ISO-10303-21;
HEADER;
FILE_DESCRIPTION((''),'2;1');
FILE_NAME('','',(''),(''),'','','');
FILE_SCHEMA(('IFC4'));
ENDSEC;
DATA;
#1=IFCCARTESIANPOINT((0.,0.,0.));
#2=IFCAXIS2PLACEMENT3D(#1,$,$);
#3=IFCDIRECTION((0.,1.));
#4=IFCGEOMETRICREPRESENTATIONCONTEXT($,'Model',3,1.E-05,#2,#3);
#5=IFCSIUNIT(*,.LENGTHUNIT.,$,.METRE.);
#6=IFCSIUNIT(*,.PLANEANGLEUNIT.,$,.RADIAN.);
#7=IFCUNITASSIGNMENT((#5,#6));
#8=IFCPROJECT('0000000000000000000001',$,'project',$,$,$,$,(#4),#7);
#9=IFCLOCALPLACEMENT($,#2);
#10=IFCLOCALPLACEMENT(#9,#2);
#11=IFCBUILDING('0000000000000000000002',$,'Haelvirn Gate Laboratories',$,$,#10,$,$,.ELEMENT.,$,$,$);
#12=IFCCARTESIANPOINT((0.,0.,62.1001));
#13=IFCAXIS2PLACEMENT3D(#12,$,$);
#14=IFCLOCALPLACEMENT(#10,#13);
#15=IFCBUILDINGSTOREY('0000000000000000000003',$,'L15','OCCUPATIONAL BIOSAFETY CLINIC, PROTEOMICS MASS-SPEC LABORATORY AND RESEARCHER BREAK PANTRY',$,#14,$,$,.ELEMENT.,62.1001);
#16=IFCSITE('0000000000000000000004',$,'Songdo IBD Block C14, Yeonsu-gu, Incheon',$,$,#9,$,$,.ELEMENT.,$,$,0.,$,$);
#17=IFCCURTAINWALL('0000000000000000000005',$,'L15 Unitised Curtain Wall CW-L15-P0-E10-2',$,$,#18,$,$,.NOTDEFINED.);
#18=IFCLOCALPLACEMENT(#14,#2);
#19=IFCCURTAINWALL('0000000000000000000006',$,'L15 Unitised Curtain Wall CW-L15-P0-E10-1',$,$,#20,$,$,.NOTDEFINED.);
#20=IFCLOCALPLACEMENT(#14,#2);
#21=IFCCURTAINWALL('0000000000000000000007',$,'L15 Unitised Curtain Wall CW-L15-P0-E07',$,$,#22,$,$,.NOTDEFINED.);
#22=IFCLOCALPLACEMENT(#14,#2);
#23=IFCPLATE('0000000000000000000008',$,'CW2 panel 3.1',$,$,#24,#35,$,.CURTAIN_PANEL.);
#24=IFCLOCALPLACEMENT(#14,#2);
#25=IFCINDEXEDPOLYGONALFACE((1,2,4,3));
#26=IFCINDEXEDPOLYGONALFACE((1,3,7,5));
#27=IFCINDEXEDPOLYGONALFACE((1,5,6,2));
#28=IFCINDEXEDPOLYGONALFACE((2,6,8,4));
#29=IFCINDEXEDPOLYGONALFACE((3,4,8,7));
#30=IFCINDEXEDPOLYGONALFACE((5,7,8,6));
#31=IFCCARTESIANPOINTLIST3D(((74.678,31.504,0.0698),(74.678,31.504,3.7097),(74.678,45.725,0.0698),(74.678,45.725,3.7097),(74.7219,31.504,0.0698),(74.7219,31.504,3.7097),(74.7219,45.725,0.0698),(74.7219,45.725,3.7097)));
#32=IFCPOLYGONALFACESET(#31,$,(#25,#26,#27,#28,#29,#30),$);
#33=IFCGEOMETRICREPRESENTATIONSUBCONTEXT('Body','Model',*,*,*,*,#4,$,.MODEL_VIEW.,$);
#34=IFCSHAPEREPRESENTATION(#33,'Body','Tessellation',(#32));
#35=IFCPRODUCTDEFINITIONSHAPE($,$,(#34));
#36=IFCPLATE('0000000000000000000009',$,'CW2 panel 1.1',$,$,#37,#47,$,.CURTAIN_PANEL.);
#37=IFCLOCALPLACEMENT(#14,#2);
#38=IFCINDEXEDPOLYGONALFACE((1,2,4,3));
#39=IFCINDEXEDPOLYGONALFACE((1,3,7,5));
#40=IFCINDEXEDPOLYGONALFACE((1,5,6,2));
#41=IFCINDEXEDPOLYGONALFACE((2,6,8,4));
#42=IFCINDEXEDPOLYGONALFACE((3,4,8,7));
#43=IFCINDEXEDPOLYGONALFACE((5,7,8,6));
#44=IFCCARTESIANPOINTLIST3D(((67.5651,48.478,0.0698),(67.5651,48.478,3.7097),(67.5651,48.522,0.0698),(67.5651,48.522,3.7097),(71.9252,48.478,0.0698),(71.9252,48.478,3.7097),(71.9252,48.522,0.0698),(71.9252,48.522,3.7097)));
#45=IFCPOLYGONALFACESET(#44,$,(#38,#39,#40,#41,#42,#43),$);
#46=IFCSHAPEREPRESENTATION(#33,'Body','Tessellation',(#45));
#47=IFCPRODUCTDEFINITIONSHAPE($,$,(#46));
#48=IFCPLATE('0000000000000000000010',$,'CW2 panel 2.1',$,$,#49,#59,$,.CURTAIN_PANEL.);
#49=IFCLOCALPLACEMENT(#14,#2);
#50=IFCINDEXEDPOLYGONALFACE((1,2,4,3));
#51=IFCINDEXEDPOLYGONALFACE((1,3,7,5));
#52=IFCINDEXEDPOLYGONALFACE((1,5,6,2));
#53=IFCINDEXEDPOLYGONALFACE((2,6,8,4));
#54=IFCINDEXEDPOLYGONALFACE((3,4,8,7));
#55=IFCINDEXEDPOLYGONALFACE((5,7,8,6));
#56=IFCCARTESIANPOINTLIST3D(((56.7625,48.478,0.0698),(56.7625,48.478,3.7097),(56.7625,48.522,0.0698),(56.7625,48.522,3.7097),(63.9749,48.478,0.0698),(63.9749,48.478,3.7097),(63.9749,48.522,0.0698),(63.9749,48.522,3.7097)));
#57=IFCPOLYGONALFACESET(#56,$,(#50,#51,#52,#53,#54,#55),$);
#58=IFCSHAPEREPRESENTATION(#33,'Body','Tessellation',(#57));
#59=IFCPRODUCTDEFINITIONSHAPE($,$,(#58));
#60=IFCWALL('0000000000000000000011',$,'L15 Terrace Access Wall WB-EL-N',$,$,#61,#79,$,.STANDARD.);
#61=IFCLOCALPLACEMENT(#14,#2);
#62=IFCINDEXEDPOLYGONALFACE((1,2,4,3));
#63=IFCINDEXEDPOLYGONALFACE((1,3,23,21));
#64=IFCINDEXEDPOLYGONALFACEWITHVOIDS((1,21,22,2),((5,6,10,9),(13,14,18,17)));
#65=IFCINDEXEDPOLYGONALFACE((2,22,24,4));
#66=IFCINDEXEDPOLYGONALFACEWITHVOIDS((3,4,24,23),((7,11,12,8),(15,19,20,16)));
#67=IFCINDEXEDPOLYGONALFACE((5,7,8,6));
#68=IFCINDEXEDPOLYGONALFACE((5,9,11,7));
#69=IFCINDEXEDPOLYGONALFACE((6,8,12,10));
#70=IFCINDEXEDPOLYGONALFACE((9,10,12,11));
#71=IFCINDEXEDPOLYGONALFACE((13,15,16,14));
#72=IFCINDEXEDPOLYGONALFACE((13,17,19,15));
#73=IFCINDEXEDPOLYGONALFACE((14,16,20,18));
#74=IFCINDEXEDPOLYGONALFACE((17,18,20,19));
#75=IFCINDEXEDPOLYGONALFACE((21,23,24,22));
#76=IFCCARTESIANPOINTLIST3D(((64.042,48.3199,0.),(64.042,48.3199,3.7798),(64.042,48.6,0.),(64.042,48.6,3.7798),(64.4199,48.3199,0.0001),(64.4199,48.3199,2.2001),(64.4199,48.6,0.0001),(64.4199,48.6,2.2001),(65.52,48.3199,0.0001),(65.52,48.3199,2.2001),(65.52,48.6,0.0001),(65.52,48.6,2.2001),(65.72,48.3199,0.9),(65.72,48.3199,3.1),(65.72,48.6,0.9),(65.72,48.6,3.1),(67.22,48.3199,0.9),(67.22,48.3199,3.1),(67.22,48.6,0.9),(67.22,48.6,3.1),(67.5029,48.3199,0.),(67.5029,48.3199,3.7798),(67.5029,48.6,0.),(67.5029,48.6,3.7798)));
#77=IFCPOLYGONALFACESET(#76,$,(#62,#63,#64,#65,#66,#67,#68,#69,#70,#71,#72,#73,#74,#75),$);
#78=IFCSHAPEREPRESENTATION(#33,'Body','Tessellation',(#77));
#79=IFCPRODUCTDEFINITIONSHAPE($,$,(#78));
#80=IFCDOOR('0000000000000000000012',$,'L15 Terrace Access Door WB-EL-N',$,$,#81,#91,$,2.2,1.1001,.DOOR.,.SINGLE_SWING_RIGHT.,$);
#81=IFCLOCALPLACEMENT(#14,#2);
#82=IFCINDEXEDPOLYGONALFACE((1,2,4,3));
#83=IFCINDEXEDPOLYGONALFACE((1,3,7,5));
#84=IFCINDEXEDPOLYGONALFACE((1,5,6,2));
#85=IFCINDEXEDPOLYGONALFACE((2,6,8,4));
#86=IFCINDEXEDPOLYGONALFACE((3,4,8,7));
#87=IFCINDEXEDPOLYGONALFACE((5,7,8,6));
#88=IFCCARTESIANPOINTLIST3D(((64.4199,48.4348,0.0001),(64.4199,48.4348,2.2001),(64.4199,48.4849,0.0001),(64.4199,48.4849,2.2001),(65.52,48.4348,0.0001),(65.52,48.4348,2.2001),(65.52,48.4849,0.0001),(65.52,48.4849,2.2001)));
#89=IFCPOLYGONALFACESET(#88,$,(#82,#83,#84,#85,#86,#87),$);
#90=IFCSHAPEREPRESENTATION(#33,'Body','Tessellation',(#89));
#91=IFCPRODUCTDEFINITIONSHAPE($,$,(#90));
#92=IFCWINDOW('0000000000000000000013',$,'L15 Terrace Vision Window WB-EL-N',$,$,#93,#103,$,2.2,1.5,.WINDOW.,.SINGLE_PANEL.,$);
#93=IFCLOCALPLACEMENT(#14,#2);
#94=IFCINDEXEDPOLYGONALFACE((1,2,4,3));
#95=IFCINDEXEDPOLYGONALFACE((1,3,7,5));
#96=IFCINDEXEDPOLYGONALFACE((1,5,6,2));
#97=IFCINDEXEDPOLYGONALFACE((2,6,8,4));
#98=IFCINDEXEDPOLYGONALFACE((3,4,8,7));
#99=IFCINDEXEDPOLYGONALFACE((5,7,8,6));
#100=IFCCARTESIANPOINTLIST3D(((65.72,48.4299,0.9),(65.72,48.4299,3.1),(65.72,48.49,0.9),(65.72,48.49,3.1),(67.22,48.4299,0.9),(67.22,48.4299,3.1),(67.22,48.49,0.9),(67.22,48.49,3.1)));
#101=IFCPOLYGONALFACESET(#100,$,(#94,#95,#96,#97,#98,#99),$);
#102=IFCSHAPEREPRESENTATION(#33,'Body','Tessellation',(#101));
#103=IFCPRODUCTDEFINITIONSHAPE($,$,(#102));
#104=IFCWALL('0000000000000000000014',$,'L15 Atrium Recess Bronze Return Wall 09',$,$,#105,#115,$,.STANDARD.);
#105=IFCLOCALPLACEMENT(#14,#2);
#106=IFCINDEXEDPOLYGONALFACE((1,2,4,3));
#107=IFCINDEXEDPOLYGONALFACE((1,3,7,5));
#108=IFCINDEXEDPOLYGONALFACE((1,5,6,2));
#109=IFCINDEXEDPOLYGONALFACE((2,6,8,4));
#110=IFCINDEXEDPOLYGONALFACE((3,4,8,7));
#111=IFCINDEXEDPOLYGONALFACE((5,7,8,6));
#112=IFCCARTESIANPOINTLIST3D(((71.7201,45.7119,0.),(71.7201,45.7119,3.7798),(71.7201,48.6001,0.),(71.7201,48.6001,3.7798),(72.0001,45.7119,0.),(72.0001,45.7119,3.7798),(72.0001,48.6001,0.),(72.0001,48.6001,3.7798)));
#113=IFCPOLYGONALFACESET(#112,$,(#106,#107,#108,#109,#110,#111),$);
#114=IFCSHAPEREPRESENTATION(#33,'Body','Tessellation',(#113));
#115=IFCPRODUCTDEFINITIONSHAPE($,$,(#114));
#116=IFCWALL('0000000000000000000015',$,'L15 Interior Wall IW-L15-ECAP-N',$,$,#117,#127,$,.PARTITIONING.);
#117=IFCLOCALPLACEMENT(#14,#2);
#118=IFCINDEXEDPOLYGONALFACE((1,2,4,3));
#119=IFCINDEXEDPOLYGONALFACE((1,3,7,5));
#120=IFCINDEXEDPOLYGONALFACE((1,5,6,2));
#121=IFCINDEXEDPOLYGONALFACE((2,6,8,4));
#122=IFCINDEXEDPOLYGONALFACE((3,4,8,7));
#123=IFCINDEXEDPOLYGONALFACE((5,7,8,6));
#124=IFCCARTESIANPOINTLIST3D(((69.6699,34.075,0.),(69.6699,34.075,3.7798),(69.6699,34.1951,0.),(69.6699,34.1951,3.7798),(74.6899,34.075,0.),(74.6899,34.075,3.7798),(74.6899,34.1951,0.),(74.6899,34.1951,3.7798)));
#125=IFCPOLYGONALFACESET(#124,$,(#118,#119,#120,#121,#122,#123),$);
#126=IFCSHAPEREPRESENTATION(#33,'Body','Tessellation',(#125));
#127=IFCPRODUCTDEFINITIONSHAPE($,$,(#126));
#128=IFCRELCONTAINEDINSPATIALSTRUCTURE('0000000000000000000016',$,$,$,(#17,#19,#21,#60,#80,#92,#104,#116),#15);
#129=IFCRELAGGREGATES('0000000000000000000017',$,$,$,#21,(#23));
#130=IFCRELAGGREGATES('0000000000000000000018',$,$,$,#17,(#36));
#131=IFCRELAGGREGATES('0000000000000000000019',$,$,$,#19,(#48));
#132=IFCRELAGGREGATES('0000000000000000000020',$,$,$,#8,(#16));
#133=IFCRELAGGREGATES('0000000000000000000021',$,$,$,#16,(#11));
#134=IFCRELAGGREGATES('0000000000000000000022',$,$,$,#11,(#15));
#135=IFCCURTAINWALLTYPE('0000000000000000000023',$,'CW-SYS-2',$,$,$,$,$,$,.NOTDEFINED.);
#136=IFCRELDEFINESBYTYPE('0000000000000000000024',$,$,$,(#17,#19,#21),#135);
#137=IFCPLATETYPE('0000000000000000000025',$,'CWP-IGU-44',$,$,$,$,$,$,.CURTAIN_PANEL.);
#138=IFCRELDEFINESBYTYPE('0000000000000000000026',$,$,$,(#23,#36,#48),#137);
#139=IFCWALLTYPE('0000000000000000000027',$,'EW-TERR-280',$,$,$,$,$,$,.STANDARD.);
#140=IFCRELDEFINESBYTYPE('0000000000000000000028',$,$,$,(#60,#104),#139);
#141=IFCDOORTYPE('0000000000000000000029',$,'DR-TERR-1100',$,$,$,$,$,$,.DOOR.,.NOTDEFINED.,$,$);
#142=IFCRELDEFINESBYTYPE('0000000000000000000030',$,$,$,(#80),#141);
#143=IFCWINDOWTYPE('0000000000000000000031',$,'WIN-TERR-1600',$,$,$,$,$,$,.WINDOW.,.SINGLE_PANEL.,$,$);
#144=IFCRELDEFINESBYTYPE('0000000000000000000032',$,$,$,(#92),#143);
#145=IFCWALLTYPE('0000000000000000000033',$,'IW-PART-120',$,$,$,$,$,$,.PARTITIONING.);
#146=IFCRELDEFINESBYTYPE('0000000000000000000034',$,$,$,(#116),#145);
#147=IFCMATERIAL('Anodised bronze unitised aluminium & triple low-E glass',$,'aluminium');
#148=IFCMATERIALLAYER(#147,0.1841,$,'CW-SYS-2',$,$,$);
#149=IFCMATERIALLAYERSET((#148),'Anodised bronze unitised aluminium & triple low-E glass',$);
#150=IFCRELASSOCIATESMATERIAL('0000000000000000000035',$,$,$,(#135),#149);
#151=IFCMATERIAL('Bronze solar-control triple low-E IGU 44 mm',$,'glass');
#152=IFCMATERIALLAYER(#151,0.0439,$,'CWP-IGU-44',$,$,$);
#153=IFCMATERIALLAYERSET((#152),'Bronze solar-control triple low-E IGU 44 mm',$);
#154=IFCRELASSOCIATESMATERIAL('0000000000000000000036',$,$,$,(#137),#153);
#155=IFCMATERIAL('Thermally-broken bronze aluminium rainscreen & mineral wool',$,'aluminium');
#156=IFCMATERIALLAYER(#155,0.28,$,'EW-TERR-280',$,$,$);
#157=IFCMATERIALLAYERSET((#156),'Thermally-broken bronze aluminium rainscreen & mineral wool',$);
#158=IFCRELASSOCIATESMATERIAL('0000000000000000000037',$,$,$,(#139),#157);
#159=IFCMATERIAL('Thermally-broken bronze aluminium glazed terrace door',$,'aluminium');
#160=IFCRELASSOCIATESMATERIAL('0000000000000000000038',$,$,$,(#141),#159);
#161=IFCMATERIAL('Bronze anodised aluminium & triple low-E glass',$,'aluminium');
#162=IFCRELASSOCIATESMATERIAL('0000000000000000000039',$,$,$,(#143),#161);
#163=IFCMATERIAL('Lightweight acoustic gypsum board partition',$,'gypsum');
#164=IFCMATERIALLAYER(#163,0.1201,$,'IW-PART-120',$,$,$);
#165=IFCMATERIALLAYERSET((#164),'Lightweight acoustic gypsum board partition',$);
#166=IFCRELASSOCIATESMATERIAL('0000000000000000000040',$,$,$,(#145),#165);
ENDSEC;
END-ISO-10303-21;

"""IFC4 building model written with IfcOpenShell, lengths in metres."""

from ifc_helpers import new_model, si_unit, direction, frame, frame_2d, origin, origin_2d, place, context, subcontext, project, spatial, rectangle, extrude, source, transform, mapped, material, layer, layer_set, type_object, type_shapes, element, fill, aggregate, save


model = new_model("IFC4")

# Units and contexts
model_context = context("Model", 3, precision=1e-05, world=origin(), true_north=direction((0.0, 1.0)))
body_context = subcontext(model_context, "Body", "Model", "MODEL_VIEW")
ifc_project = project(units=[si_unit("LENGTHUNIT", "METRE"), si_unit("PLANEANGLEUNIT", "RADIAN")], contexts=[model_context])

# Site, building, storey
site_placement = place(None, origin())
site = spatial("IfcSite", under=ifc_project, at=site_placement, Name="Songdo IBD Block C14, Yeonsu-gu, Incheon", CompositionType="ELEMENT", RefElevation=0.0)
building_placement = place(site_placement, origin())
building = spatial("IfcBuilding", under=site, at=building_placement, Name="Haelvirn Gate Laboratories", CompositionType="ELEMENT")
storey_placement = place(building_placement, frame((0.0, 0.0, 62.1001)))
storey = spatial("IfcBuildingStorey", under=building, at=storey_placement, Name="L15", Description="OCCUPATIONAL BIOSAFETY CLINIC, PROTEOMICS MASS-SPEC LABORATORY AND RESEARCHER BREAK PANTRY", CompositionType="ELEMENT", Elevation=62.1001)

# Curtain walls
ifc_material_1 = material(Name="Anodised bronze unitised aluminium & triple low-E glass", Category="aluminium")
ifc_layer_1 = layer(ifc_material_1, 0.1841, Name="CW-SYS-2")
ifc_layer_set_1 = layer_set([ifc_layer_1], Name="Anodised bronze unitised aluminium & triple low-E glass")
curtain_wall_type_1 = type_object("IfcCurtainWallType", Name="CW-SYS-2", PredefinedType="NOTDEFINED", material=ifc_layer_set_1)
curtain_wall_1_placement = place(storey_placement, origin())
curtain_wall_1 = element("IfcCurtainWall", 1, at=curtain_wall_1_placement, inside=storey, type_object=curtain_wall_type_1, Name="L15 Unitised Curtain Wall CW-L15-P0-E10-2", PredefinedType="NOTDEFINED")
curtain_wall_2_placement = place(storey_placement, origin())
curtain_wall_2 = element("IfcCurtainWall", 2, at=curtain_wall_2_placement, inside=storey, type_object=curtain_wall_type_1, Name="L15 Unitised Curtain Wall CW-L15-P0-E10-1", PredefinedType="NOTDEFINED")

# Curtain wall
curtain_wall_3_placement = place(storey_placement, origin())
curtain_wall_3 = element("IfcCurtainWall", 3, at=curtain_wall_3_placement, inside=storey, type_object=curtain_wall_type_1, Name="L15 Unitised Curtain Wall CW-L15-P0-E07", PredefinedType="NOTDEFINED")

# Plates
ifc_material_2 = material(Name="Bronze solar-control triple low-E IGU 44 mm", Category="glass")
ifc_layer_2 = layer(ifc_material_2, 0.0439, Name="CWP-IGU-44")
ifc_layer_set_2 = layer_set([ifc_layer_2], Name="Bronze solar-control triple low-E IGU 44 mm")
plate_type_1 = type_object("IfcPlateType", Name="CWP-IGU-44", PredefinedType="CURTAIN_PANEL", material=ifc_layer_set_2)
shared_shape_1 = source(origin(), body_context, "Body", "SweptSolid", [
    extrude(rectangle(XDim=14.2209, YDim=0.0439, at=origin_2d()), origin(), (0.0, 0.0, 1.0), 3.6399),
])
plate_1_placement = place(storey_placement, frame((74.7, 38.6145, 0.0698), z_axis=(0.0, 0.0, 1.0), x_axis=(0.0, 1.0, 0.0)))
plate_1 = element("IfcPlate", 4, at=plate_1_placement, type_object=plate_type_1, Name="CW2 panel 3.1", PredefinedType="CURTAIN_PANEL", context=body_context, shape_type="MappedRepresentation", body=[
    mapped(shared_shape_1, transform((0.0, 0.0, 0.0), scale=1.0)),
])
aggregate(curtain_wall_3, [plate_1])
shared_shape_2 = source(origin(), body_context, "Body", "SweptSolid", [
    extrude(rectangle(XDim=4.3601, YDim=0.0439, at=origin_2d()), origin(), (0.0, 0.0, 1.0), 3.6399),
])
plate_2_placement = place(storey_placement, frame((69.7451, 48.5, 0.0698), z_axis=(0.0, 0.0, 1.0), x_axis=(1.0, 0.0, 0.0)))
plate_2 = element("IfcPlate", 5, at=plate_2_placement, type_object=plate_type_1, Name="CW2 panel 1.1", PredefinedType="CURTAIN_PANEL", context=body_context, shape_type="MappedRepresentation", body=[
    mapped(shared_shape_2, transform((0.0, 0.0, 0.0), scale=1.0)),
])
aggregate(curtain_wall_1, [plate_2])
shared_shape_3 = source(origin(), body_context, "Body", "SweptSolid", [
    extrude(rectangle(XDim=7.2124, YDim=0.0439, at=origin_2d()), origin(), (0.0, 0.0, 1.0), 3.6399),
])
type_shapes(plate_type_1, [shared_shape_1, shared_shape_2, shared_shape_3])
plate_3_placement = place(storey_placement, frame((60.3687, 48.5, 0.0698), z_axis=(0.0, 0.0, 1.0), x_axis=(1.0, 0.0, 0.0)))
plate_3 = element("IfcPlate", 6, at=plate_3_placement, type_object=plate_type_1, Name="CW2 panel 2.1", PredefinedType="CURTAIN_PANEL", context=body_context, shape_type="MappedRepresentation", body=[
    mapped(shared_shape_3, transform((0.0, 0.0, 0.0), scale=1.0)),
])
aggregate(curtain_wall_2, [plate_3])

# Wall, openings, door, window
ifc_material_3 = material(Name="Thermally-broken bronze aluminium rainscreen & mineral wool", Category="aluminium")
ifc_layer_3 = layer(ifc_material_3, 0.28, Name="EW-TERR-280")
ifc_layer_set_3 = layer_set([ifc_layer_3], Name="Thermally-broken bronze aluminium rainscreen & mineral wool")
wall_type_1 = type_object("IfcWallType", Name="EW-TERR-280", PredefinedType="STANDARD", material=ifc_layer_set_3)
wall_1_placement = place(storey_placement, frame((64.042, 48.46, 0.0), z_axis=(0.0, 0.0, 1.0), x_axis=(1.0, 0.0, 0.0)))
wall_1 = element("IfcWall", 7, at=wall_1_placement, inside=storey, type_object=wall_type_1, Name="L15 Terrace Access Wall WB-EL-N", PredefinedType="STANDARD", context=body_context, shape_type="SweptSolid", body=[
    extrude(rectangle(XDim=3.4609, YDim=0.28, at=frame_2d((1.7305, 0.0))), origin(), (0.0, 0.0, 1.0), 3.7798),
])
opening_1_placement = place(wall_1_placement, frame((0.3779, 0.0, 0.0)))
opening_1 = element("IfcOpeningElement", 8, at=opening_1_placement, cuts=wall_1, PredefinedType="OPENING", context=body_context, shape_type="SweptSolid", body=[
    extrude(rectangle(XDim=1.1001, YDim=2.2, at=frame_2d((0.55, 1.1001))), frame((0.0, 0.1499, 0.0), z_axis=(0.0, -1.0, 0.0), x_axis=(1.0, 0.0, 0.0)), (0.0, 0.0, 1.0), 0.3),
])
opening_2_placement = place(wall_1_placement, frame((1.678, 0.0, 0.8999)))
opening_2 = element("IfcOpeningElement", 9, at=opening_2_placement, cuts=wall_1, PredefinedType="OPENING", context=body_context, shape_type="SweptSolid", body=[
    extrude(rectangle(XDim=1.5, YDim=2.2, at=frame_2d((0.75, 1.1001))), frame((0.0, 0.1499, 0.0), z_axis=(0.0, -1.0, 0.0), x_axis=(1.0, 0.0, 0.0)), (0.0, 0.0, 1.0), 0.3),
])
ifc_material_4 = material(Name="Thermally-broken bronze aluminium glazed terrace door", Category="aluminium")
door_type = type_object("IfcDoorType", Name="DR-TERR-1100", OperationType="NOTDEFINED", PredefinedType="DOOR", material=ifc_material_4)
shared_shape_4 = source(origin(), body_context, "Body", "SweptSolid", [
    extrude(rectangle(XDim=1.1001, YDim=2.2, at=frame_2d((0.55, 1.1001))), frame((0.0, 0.0249, 0.0), z_axis=(0.0, -1.0, 0.0), x_axis=(1.0, 0.0, 0.0)), (0.0, 0.0, 1.0), 0.05),
])
type_shapes(door_type, [shared_shape_4])
door_placement = place(opening_1_placement, origin())
door = element("IfcDoor", 10, at=door_placement, inside=storey, type_object=door_type, Name="L15 Terrace Access Door WB-EL-N", OperationType="SINGLE_SWING_RIGHT", OverallHeight=2.2, OverallWidth=1.1001, PredefinedType="DOOR", context=body_context, shape_type="MappedRepresentation", body=[
    mapped(shared_shape_4, transform((0.0, 0.0, 0.0), scale=1.0)),
])
fill(opening_1, door)
ifc_material_5 = material(Name="Bronze anodised aluminium & triple low-E glass", Category="aluminium")
window_type = type_object("IfcWindowType", Name="WIN-TERR-1600", PartitioningType="SINGLE_PANEL", PredefinedType="WINDOW", material=ifc_material_5)
shared_shape_5 = source(origin(), body_context, "Body", "SweptSolid", [
    extrude(rectangle(XDim=1.5, YDim=2.2, at=frame_2d((0.75, 1.1001))), frame((0.0, 0.03, 0.0), z_axis=(0.0, -1.0, 0.0), x_axis=(1.0, 0.0, 0.0)), (0.0, 0.0, 1.0), 0.0601),
])
type_shapes(window_type, [shared_shape_5])
window_placement = place(opening_2_placement, origin())
window = element("IfcWindow", 11, at=window_placement, inside=storey, type_object=window_type, Name="L15 Terrace Vision Window WB-EL-N", OverallHeight=2.2, OverallWidth=1.5, PartitioningType="SINGLE_PANEL", PredefinedType="WINDOW", context=body_context, shape_type="MappedRepresentation", body=[
    mapped(shared_shape_5, transform((0.0, 0.0, 0.0), scale=1.0)),
])
fill(opening_2, window)

# Walls
wall_2_placement = place(storey_placement, frame((71.8601, 45.7119, 0.0), z_axis=(0.0, 0.0, 1.0), x_axis=(0.0, 1.0, 0.0)))
element("IfcWall", 12, at=wall_2_placement, inside=storey, type_object=wall_type_1, Name="L15 Atrium Recess Bronze Return Wall 09", PredefinedType="STANDARD", context=body_context, shape_type="SweptSolid", body=[
    extrude(rectangle(XDim=2.8882, YDim=0.28, at=frame_2d((1.4441, 0.0))), origin(), (0.0, 0.0, 1.0), 3.7798),
])
ifc_material_6 = material(Name="Lightweight acoustic gypsum board partition", Category="gypsum")
ifc_layer_4 = layer(ifc_material_6, 0.1201, Name="IW-PART-120")
ifc_layer_set_4 = layer_set([ifc_layer_4], Name="Lightweight acoustic gypsum board partition")
wall_type_2 = type_object("IfcWallType", Name="IW-PART-120", PredefinedType="PARTITIONING", material=ifc_layer_set_4)
wall_3_placement = place(storey_placement, frame((69.6699, 34.135, 0.0), z_axis=(0.0, 0.0, 1.0), x_axis=(1.0, 0.0, 0.0)))
element("IfcWall", 13, at=wall_3_placement, inside=storey, type_object=wall_type_2, Name="L15 Interior Wall IW-L15-ECAP-N", PredefinedType="PARTITIONING", context=body_context, shape_type="SweptSolid", body=[
    extrude(rectangle(XDim=5.02, YDim=0.1201, at=frame_2d((2.51, 0.0))), origin(), (0.0, 0.0, 1.0), 3.7798),
])

save(model, "model.ifc")
